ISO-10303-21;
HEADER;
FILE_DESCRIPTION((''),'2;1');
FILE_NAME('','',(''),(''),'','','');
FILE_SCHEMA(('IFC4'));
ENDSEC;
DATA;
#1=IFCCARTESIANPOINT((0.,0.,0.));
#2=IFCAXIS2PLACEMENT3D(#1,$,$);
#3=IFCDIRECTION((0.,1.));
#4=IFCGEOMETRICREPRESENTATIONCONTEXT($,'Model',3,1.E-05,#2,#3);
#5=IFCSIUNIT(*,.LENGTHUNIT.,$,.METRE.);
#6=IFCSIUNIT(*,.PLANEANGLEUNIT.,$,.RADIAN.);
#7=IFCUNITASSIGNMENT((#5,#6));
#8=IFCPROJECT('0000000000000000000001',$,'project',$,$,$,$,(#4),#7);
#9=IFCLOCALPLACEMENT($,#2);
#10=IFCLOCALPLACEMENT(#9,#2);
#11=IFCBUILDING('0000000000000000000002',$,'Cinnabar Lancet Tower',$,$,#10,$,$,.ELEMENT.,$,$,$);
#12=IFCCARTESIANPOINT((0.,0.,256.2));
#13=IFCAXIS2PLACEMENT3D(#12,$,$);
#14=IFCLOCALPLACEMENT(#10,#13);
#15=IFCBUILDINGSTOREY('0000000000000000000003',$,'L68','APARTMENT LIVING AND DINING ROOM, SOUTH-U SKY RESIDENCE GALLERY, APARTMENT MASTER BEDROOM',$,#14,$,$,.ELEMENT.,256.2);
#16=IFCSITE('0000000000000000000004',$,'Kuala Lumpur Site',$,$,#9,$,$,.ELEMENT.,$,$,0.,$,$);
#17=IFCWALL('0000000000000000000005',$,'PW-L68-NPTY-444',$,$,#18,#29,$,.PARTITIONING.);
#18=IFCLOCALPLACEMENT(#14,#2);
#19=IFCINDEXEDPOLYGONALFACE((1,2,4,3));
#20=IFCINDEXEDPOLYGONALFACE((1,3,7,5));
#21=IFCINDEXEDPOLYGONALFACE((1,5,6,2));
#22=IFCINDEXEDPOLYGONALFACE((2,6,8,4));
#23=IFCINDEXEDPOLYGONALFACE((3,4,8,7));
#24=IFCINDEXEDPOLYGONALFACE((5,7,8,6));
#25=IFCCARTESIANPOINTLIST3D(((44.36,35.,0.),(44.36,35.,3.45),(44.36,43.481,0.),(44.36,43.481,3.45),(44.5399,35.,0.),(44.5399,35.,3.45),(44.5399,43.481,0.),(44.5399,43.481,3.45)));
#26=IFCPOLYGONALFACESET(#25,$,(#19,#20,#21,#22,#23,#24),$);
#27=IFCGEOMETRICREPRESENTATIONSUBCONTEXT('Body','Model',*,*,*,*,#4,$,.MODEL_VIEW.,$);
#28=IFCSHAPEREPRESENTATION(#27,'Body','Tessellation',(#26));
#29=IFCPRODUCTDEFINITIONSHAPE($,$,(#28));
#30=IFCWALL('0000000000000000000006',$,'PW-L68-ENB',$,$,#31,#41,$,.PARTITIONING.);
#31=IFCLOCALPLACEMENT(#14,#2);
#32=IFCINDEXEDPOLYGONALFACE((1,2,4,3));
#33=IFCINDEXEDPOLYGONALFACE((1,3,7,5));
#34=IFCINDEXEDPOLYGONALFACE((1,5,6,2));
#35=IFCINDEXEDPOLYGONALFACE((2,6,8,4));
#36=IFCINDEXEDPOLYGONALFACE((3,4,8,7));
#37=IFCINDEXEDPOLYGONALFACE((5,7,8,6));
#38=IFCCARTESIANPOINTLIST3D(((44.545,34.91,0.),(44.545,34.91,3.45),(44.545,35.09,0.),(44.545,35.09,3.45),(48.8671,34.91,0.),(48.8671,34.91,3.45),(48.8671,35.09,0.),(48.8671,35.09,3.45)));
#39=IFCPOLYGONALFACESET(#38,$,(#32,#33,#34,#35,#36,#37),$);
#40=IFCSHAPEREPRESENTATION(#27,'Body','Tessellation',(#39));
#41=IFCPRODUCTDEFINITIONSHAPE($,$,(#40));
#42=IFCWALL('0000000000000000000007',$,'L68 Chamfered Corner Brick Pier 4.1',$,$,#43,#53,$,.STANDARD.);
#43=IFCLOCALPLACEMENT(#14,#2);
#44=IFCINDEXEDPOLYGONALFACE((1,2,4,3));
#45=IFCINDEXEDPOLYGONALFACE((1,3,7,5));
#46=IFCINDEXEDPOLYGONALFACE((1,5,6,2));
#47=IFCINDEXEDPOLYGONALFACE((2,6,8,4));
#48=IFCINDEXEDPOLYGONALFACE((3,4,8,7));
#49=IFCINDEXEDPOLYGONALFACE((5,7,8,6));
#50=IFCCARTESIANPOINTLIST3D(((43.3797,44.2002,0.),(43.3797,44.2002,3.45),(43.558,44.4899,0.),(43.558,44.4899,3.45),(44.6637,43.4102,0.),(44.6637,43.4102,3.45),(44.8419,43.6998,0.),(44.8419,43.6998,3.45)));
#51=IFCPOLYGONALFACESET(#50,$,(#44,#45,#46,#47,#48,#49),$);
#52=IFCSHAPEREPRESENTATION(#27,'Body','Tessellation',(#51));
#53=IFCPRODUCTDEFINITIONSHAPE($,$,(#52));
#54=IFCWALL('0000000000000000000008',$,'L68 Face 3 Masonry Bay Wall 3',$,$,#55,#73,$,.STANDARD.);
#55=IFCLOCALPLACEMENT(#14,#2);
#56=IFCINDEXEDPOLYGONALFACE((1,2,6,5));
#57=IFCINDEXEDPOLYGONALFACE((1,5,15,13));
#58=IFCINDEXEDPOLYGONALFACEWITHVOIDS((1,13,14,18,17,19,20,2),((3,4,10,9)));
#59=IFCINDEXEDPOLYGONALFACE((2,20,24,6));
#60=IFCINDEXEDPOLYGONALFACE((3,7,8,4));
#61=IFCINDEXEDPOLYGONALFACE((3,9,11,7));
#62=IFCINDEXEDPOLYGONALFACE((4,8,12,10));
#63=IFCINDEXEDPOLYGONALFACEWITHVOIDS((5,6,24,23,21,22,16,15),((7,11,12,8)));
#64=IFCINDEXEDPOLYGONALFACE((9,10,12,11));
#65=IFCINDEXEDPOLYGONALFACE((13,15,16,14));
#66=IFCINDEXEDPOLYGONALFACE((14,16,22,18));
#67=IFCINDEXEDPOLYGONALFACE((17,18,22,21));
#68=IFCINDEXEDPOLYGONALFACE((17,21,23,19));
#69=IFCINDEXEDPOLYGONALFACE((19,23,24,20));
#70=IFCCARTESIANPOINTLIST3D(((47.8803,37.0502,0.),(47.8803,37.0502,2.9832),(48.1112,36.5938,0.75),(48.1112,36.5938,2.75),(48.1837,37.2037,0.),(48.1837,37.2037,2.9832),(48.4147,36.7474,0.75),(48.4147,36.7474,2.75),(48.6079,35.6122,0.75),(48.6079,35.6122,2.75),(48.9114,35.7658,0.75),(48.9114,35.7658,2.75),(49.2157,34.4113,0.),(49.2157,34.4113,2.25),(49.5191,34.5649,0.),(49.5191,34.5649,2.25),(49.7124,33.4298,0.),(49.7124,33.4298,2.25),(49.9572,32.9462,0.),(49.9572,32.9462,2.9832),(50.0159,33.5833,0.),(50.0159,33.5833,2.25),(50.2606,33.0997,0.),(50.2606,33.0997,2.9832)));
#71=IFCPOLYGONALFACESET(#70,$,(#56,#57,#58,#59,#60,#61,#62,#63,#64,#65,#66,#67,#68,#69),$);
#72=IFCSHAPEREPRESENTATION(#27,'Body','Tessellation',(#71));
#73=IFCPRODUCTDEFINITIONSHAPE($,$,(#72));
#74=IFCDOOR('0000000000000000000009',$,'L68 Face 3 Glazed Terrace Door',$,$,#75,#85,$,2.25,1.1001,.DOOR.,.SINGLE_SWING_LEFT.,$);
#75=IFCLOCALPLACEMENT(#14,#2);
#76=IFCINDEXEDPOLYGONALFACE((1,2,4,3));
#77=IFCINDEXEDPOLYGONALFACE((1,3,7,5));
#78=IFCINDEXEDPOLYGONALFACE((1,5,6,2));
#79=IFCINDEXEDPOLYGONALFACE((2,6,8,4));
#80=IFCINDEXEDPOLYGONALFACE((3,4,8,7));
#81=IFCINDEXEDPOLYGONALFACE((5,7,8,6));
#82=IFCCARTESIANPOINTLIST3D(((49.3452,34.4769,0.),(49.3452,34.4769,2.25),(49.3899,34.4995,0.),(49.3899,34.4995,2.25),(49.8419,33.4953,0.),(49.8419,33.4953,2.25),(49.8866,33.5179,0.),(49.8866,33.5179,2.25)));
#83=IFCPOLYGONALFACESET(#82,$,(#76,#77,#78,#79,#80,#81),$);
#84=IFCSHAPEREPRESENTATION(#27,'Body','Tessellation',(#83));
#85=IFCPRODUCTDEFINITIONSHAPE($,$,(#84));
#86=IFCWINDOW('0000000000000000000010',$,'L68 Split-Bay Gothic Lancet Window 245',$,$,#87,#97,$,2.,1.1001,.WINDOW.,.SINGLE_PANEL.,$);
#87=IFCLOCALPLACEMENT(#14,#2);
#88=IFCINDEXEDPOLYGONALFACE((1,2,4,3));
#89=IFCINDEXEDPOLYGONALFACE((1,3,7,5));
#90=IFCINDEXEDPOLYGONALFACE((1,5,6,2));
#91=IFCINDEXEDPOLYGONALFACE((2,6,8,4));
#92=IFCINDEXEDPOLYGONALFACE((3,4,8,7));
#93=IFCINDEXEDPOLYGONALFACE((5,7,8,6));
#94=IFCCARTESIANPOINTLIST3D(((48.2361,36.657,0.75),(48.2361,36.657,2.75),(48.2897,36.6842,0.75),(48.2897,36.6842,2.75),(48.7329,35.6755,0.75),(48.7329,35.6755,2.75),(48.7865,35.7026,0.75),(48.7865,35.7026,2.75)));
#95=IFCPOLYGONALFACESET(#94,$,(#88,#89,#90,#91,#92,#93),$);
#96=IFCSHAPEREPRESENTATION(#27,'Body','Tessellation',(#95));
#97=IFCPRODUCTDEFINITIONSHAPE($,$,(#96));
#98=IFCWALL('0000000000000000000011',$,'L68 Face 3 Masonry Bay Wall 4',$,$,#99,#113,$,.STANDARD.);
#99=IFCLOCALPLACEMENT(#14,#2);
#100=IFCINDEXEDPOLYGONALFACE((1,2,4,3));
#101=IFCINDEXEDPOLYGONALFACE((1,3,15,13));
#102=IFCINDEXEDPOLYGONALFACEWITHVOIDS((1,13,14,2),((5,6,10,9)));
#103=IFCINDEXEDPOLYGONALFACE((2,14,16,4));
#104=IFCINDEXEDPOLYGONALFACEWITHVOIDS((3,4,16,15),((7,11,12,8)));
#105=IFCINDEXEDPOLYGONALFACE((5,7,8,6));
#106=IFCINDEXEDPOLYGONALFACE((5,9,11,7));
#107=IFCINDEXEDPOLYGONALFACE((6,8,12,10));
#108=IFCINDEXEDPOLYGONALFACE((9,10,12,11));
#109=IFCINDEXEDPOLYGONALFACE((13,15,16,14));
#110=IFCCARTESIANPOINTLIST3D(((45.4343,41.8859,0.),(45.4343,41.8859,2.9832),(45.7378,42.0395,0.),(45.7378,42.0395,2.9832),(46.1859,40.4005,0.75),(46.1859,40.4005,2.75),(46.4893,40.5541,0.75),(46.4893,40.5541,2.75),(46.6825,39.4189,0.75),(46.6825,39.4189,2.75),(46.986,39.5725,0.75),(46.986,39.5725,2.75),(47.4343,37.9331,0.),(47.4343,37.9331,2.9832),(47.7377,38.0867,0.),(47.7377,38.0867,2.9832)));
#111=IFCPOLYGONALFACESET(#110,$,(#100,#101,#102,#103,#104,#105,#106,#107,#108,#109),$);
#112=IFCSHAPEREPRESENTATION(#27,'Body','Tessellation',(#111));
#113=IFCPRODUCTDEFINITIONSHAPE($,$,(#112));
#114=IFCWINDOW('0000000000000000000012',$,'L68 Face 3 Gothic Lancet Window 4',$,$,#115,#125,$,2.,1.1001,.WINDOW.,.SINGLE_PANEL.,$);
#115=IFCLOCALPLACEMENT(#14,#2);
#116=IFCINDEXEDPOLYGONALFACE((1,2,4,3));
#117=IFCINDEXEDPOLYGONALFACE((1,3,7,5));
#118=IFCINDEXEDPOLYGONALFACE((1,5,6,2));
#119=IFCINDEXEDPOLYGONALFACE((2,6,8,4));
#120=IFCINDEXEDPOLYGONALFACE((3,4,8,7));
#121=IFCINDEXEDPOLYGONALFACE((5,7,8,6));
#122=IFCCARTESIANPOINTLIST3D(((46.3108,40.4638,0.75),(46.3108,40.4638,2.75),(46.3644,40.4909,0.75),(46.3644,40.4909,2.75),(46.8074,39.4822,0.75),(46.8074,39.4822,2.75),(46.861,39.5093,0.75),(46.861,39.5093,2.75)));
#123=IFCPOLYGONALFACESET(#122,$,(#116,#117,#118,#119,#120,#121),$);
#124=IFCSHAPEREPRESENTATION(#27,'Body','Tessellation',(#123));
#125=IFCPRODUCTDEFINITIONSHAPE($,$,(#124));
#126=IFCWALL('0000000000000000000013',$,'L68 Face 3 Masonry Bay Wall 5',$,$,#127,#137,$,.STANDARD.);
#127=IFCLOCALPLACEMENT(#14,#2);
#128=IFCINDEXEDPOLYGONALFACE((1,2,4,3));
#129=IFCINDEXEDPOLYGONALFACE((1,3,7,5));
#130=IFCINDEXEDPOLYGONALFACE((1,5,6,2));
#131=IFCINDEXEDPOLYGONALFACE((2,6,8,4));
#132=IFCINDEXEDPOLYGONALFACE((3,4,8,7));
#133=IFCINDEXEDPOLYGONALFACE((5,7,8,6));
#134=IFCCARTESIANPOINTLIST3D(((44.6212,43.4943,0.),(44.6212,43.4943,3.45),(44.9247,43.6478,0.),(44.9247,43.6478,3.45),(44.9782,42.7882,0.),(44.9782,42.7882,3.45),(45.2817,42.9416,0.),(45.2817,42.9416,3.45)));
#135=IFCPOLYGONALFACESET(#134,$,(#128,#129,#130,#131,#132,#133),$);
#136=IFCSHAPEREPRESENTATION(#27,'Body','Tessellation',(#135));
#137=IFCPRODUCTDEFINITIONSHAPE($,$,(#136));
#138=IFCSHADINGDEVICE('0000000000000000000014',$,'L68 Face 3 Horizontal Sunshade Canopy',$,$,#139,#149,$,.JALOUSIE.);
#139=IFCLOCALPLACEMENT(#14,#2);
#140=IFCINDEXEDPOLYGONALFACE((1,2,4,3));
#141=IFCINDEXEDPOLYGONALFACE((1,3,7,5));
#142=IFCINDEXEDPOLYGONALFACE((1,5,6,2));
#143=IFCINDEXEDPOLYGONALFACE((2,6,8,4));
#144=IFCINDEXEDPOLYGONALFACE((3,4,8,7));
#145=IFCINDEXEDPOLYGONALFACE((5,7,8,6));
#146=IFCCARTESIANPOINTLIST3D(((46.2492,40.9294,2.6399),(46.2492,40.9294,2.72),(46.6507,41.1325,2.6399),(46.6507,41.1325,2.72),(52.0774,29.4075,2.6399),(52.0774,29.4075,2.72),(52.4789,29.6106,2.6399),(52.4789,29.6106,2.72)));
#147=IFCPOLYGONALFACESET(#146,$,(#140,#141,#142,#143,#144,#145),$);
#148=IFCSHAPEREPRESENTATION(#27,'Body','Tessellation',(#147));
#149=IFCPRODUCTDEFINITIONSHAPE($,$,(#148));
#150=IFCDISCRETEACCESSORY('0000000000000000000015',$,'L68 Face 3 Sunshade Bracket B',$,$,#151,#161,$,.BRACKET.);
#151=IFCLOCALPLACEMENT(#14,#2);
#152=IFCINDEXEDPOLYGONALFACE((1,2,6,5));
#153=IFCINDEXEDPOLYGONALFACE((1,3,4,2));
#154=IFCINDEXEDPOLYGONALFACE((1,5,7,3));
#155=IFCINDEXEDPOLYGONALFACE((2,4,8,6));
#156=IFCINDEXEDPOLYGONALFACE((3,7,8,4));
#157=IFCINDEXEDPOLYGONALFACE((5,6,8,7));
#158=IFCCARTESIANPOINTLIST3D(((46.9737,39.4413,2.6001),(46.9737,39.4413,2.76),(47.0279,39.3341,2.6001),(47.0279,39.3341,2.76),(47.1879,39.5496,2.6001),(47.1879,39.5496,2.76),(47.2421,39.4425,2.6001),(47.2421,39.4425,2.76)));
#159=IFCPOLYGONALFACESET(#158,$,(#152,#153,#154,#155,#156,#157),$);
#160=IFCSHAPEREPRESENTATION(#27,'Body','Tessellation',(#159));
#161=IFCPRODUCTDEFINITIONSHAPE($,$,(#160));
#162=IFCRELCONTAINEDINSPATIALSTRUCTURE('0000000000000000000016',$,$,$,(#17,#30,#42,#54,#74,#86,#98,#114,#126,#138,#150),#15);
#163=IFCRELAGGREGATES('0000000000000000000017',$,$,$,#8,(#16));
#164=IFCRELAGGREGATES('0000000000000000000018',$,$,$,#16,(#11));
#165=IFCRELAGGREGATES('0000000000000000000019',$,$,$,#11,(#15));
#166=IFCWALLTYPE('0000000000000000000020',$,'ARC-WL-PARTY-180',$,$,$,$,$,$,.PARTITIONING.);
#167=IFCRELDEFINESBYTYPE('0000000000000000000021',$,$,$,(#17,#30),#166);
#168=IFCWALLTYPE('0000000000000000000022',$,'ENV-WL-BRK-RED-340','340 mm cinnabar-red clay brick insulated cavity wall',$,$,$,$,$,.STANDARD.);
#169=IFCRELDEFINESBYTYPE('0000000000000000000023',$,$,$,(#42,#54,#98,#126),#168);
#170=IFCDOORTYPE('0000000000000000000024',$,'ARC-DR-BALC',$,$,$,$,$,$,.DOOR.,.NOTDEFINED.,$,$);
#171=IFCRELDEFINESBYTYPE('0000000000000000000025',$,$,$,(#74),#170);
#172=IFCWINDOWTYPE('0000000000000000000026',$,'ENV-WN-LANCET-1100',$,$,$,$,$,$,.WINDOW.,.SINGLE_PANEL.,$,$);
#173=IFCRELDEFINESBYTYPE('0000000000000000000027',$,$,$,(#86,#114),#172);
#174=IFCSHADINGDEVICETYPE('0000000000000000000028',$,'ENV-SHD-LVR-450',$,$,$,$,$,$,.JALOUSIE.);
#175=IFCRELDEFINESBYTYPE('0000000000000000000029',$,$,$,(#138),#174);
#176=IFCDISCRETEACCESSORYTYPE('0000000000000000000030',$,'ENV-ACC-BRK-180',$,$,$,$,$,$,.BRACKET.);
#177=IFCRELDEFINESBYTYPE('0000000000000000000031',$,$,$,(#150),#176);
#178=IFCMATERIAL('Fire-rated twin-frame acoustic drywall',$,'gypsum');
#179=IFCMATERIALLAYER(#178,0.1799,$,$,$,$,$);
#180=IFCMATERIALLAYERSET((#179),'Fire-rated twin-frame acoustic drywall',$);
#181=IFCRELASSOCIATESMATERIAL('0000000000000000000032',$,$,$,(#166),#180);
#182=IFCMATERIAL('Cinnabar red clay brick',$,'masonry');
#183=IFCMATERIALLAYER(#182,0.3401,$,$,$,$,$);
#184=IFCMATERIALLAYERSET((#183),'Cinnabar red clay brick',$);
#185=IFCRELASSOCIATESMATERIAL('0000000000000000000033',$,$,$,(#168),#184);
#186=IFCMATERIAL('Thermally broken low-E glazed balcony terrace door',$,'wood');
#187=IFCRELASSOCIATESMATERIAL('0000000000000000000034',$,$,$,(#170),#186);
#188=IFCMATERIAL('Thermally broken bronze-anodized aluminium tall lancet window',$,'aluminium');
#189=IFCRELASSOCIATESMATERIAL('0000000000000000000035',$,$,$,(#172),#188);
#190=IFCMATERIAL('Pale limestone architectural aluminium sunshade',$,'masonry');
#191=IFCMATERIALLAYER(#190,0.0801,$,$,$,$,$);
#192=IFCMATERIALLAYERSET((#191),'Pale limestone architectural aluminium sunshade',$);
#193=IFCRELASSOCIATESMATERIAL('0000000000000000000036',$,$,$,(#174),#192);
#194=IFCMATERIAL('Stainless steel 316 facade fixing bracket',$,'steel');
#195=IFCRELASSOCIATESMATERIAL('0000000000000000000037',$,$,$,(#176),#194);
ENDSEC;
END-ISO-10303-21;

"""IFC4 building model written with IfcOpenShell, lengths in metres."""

from ifc_helpers import new_model, si_unit, direction, frame, frame_2d, origin, origin_2d, place, context, subcontext, project, spatial, rectangle, extrude, material, layer, layer_set, type_object, element, fill, save


model = new_model("IFC4")

# Units and contexts
model_context = context("Model", 3, precision=1e-05, world=origin(), true_north=direction((0.0, 1.0)))
body_context = subcontext(model_context, "Body", "Model", "MODEL_VIEW")
ifc_project = project(units=[si_unit("LENGTHUNIT", "METRE"), si_unit("PLANEANGLEUNIT", "RADIAN")], contexts=[model_context])

# Site, building, storey
site_placement = place(None, origin())
site = spatial("IfcSite", under=ifc_project, at=site_placement, Name="Kuala Lumpur Site", CompositionType="ELEMENT", RefElevation=0.0)
building_placement = place(site_placement, origin())
building = spatial("IfcBuilding", under=site, at=building_placement, Name="Cinnabar Lancet Tower", CompositionType="ELEMENT")
storey_placement = place(building_placement, frame((0.0, 0.0, 256.2)))
storey = spatial("IfcBuildingStorey", under=building, at=storey_placement, Name="L68", Description="APARTMENT LIVING AND DINING ROOM, SOUTH-U SKY RESIDENCE GALLERY, APARTMENT MASTER BEDROOM", CompositionType="ELEMENT", Elevation=256.2)

# Walls
ifc_material_1 = material(Name="Fire-rated twin-frame acoustic drywall", Category="gypsum")
ifc_layer_1 = layer(ifc_material_1, 0.1799)
ifc_layer_set_1 = layer_set([ifc_layer_1], Name="Fire-rated twin-frame acoustic drywall")
wall_type_1 = type_object("IfcWallType", Name="ARC-WL-PARTY-180", PredefinedType="PARTITIONING", material=ifc_layer_set_1)
wall_1_placement = place(storey_placement, frame((44.45, 35.0, 0.0), z_axis=(0.0, 0.0, 1.0), x_axis=(0.0, 1.0, 0.0)))
element("IfcWall", 1, at=wall_1_placement, inside=storey, type_object=wall_type_1, Name="PW-L68-NPTY-444", PredefinedType="PARTITIONING", context=body_context, shape_type="SweptSolid", body=[
    extrude(rectangle(XDim=8.481, YDim=0.1799, at=frame_2d((4.2405, 0.0))), origin(), (0.0, 0.0, 1.0), 3.45),
])
wall_2_placement = place(storey_placement, frame((44.5449, 35.0, 0.0), z_axis=(0.0, 0.0, 1.0), x_axis=(1.0, 0.0, 0.0)))
element("IfcWall", 2, at=wall_2_placement, inside=storey, type_object=wall_type_1, Name="PW-L68-ENB", PredefinedType="PARTITIONING", context=body_context, shape_type="SweptSolid", body=[
    extrude(rectangle(XDim=4.322, YDim=0.1799, at=frame_2d((2.1611, 0.0))), origin(), (0.0, 0.0, 1.0), 3.45),
])
ifc_material_2 = material(Name="Cinnabar red clay brick", Category="masonry")
ifc_layer_2 = layer(ifc_material_2, 0.3401)
ifc_layer_set_2 = layer_set([ifc_layer_2], Name="Cinnabar red clay brick")
wall_type_2 = type_object("IfcWallType", Name="ENV-WL-BRK-RED-340", Description="340 mm cinnabar-red clay brick insulated cavity wall", PredefinedType="STANDARD", material=ifc_layer_set_2)
wall_3_placement = place(storey_placement, frame((44.7529, 43.5549, 0.0), z_axis=(0.0, 0.0, 1.0), x_axis=(-0.851681, 0.524061, 0.0)))
element("IfcWall", 3, at=wall_3_placement, inside=storey, type_object=wall_type_2, Name="L68 Chamfered Corner Brick Pier 4.1", PredefinedType="STANDARD", context=body_context, shape_type="SweptSolid", body=[
    extrude(rectangle(XDim=1.5076, YDim=0.3401, at=frame_2d((0.7539, 0.0))), origin(), (0.0, 0.0, 1.0), 3.45),
])

# Wall, openings, door, window
wall_4_placement = place(storey_placement, frame((50.1089, 33.0229, 0.0), z_axis=(0.0, 0.0, 1.0), x_axis=(-0.45154, 0.892251, 0.0)))
wall_4 = element("IfcWall", 4, at=wall_4_placement, inside=storey, type_object=wall_type_2, Name="L68 Face 3 Masonry Bay Wall 3", PredefinedType="STANDARD", context=body_context, shape_type="SweptSolid", body=[
    extrude(rectangle(XDim=4.5996, YDim=0.3401, at=frame_2d((2.2998, 0.0))), origin(), (0.0, 0.0, 1.0), 2.9832),
])
opening_1_placement = place(wall_4_placement, frame((0.542, 0.0, 0.0)))
opening_1 = element("IfcOpeningElement", 5, at=opening_1_placement, cuts=wall_4, PredefinedType="OPENING", context=body_context, shape_type="SweptSolid", body=[
    extrude(rectangle(XDim=1.1001, YDim=2.25, at=frame_2d((0.55, 1.125))), frame((0.0, 0.1799, 0.0), z_axis=(0.0, -1.0, 0.0), x_axis=(1.0, 0.0, 0.0)), (0.0, 0.0, 1.0), 0.3601),
])
opening_2_placement = place(wall_4_placement, frame((2.988, 0.0, 0.75)))
opening_2 = element("IfcOpeningElement", 6, at=opening_2_placement, cuts=wall_4, PredefinedType="OPENING", context=body_context, shape_type="SweptSolid", body=[
    extrude(rectangle(XDim=1.1001, YDim=2.0, at=frame_2d((0.55, 1.0))), frame((0.0, 0.1799, 0.0), z_axis=(0.0, -1.0, 0.0), x_axis=(1.0, 0.0, 0.0)), (0.0, 0.0, 1.0), 0.3601),
])
ifc_material_3 = material(Name="Thermally broken low-E glazed balcony terrace door", Category="wood")
door_type = type_object("IfcDoorType", Name="ARC-DR-BALC", OperationType="NOTDEFINED", PredefinedType="DOOR", material=ifc_material_3)
door_placement = place(opening_1_placement, origin())
door = element("IfcDoor", 7, at=door_placement, inside=storey, type_object=door_type, Name="L68 Face 3 Glazed Terrace Door", OperationType="SINGLE_SWING_LEFT", OverallHeight=2.25, OverallWidth=1.1001, PredefinedType="DOOR", context=body_context, shape_type="SweptSolid", body=[
    extrude(rectangle(XDim=1.1001, YDim=2.25, at=frame_2d((0.55, 1.125))), frame((0.0, 0.0249, 0.0), z_axis=(0.0, -1.0, 0.0), x_axis=(1.0, 0.0, 0.0)), (0.0, 0.0, 1.0), 0.05),
])
fill(opening_1, door)
ifc_material_4 = material(Name="Thermally broken bronze-anodized aluminium tall lancet window", Category="aluminium")
window_type = type_object("IfcWindowType", Name="ENV-WN-LANCET-1100", PartitioningType="SINGLE_PANEL", PredefinedType="WINDOW", material=ifc_material_4)
window_1_placement = place(opening_2_placement, origin())
window_1 = element("IfcWindow", 8, at=window_1_placement, inside=storey, type_object=window_type, Name="L68 Split-Bay Gothic Lancet Window 245", OverallHeight=2.0, OverallWidth=1.1001, PartitioningType="SINGLE_PANEL", PredefinedType="WINDOW", context=body_context, shape_type="SweptSolid", body=[
    extrude(rectangle(XDim=1.1001, YDim=2.0, at=frame_2d((0.55, 1.0))), frame((0.0, 0.03, 0.0), z_axis=(0.0, -1.0, 0.0), x_axis=(1.0, 0.0, 0.0)), (0.0, 0.0, 1.0), 0.0601),
])
fill(opening_2, window_1)

# Wall, opening, window
wall_5_placement = place(storey_placement, frame((47.5859, 38.01, 0.0), z_axis=(0.0, 0.0, 1.0), x_axis=(-0.451463, 0.89229, 0.0)))
wall_5 = element("IfcWall", 9, at=wall_5_placement, inside=storey, type_object=wall_type_2, Name="L68 Face 3 Masonry Bay Wall 4", PredefinedType="STANDARD", context=body_context, shape_type="SweptSolid", body=[
    extrude(rectangle(XDim=4.4299, YDim=0.3401, at=frame_2d((2.2148, 0.0))), origin(), (0.0, 0.0, 1.0), 2.9832),
])
opening_3_placement = place(wall_5_placement, frame((1.665, 0.0, 0.75)))
opening_3 = element("IfcOpeningElement", 10, at=opening_3_placement, cuts=wall_5, PredefinedType="OPENING", context=body_context, shape_type="SweptSolid", body=[
    extrude(rectangle(XDim=1.1001, YDim=2.0, at=frame_2d((0.55, 1.0))), frame((0.0, 0.1799, 0.0), z_axis=(0.0, -1.0, 0.0), x_axis=(1.0, 0.0, 0.0)), (0.0, 0.0, 1.0), 0.3601),
])
window_2_placement = place(opening_3_placement, origin())
window_2 = element("IfcWindow", 11, at=window_2_placement, inside=storey, type_object=window_type, Name="L68 Face 3 Gothic Lancet Window 4", OverallHeight=2.0, OverallWidth=1.1001, PartitioningType="SINGLE_PANEL", PredefinedType="WINDOW", context=body_context, shape_type="SweptSolid", body=[
    extrude(rectangle(XDim=1.1001, YDim=2.0, at=frame_2d((0.55, 1.0))), frame((0.0, 0.03, 0.0), z_axis=(0.0, -1.0, 0.0), x_axis=(1.0, 0.0, 0.0)), (0.0, 0.0, 1.0), 0.0601),
])
fill(opening_3, window_2)

# Wall
wall_6_placement = place(storey_placement, frame((45.1299, 42.865, 0.0), z_axis=(0.0, 0.0, 1.0), x_axis=(-0.451159, 0.892443, 0.0)))
element("IfcWall", 12, at=wall_6_placement, inside=storey, type_object=wall_type_2, Name="L68 Face 3 Masonry Bay Wall 5", PredefinedType="STANDARD", context=body_context, shape_type="SweptSolid", body=[
    extrude(rectangle(XDim=0.7913, YDim=0.3401, at=frame_2d((0.3955, 0.0))), origin(), (0.0, 0.0, 1.0), 3.45),
])

# Shading device
ifc_material_5 = material(Name="Pale limestone architectural aluminium sunshade", Category="masonry")
ifc_layer_3 = layer(ifc_material_5, 0.0801)
ifc_layer_set_3 = layer_set([ifc_layer_3], Name="Pale limestone architectural aluminium sunshade")
shading_device_type = type_object("IfcShadingDeviceType", Name="ENV-SHD-LVR-450", PredefinedType="JALOUSIE", material=ifc_layer_set_3)
shading_device_placement = place(storey_placement, frame((49.364, 35.27, 2.6399), z_axis=(0.0, 0.0, 1.0), x_axis=(-0.451376, 0.892334, 0.0)))
element("IfcShadingDevice", 13, at=shading_device_placement, inside=storey, type_object=shading_device_type, Name="L68 Face 3 Horizontal Sunshade Canopy", PredefinedType="JALOUSIE", context=body_context, shape_type="SweptSolid", body=[
    extrude(rectangle(XDim=12.9121, YDim=0.45, at=origin_2d()), origin(), (0.0, 0.0, 1.0), 0.0801),
])

# Discrete accessory
ifc_material_6 = material(Name="Stainless steel 316 facade fixing bracket", Category="steel")
discrete_accessory_type = type_object("IfcDiscreteAccessoryType", Name="ENV-ACC-BRK-180", PredefinedType="BRACKET", material=ifc_material_6)
discrete_accessory_placement = place(storey_placement, frame((47.1079, 39.4419, 2.6001), z_axis=(0.0, 0.0, 1.0), x_axis=(-0.451376, 0.892334, 0.0)))
element("IfcDiscreteAccessory", 14, at=discrete_accessory_placement, inside=storey, type_object=discrete_accessory_type, Name="L68 Face 3 Sunshade Bracket B", PredefinedType="BRACKET", context=body_context, shape_type="SweptSolid", body=[
    extrude(rectangle(XDim=0.1201, YDim=0.24, at=origin_2d()), origin(), (0.0, 0.0, 1.0), 0.1599),
])

save(model, "model.ifc")
